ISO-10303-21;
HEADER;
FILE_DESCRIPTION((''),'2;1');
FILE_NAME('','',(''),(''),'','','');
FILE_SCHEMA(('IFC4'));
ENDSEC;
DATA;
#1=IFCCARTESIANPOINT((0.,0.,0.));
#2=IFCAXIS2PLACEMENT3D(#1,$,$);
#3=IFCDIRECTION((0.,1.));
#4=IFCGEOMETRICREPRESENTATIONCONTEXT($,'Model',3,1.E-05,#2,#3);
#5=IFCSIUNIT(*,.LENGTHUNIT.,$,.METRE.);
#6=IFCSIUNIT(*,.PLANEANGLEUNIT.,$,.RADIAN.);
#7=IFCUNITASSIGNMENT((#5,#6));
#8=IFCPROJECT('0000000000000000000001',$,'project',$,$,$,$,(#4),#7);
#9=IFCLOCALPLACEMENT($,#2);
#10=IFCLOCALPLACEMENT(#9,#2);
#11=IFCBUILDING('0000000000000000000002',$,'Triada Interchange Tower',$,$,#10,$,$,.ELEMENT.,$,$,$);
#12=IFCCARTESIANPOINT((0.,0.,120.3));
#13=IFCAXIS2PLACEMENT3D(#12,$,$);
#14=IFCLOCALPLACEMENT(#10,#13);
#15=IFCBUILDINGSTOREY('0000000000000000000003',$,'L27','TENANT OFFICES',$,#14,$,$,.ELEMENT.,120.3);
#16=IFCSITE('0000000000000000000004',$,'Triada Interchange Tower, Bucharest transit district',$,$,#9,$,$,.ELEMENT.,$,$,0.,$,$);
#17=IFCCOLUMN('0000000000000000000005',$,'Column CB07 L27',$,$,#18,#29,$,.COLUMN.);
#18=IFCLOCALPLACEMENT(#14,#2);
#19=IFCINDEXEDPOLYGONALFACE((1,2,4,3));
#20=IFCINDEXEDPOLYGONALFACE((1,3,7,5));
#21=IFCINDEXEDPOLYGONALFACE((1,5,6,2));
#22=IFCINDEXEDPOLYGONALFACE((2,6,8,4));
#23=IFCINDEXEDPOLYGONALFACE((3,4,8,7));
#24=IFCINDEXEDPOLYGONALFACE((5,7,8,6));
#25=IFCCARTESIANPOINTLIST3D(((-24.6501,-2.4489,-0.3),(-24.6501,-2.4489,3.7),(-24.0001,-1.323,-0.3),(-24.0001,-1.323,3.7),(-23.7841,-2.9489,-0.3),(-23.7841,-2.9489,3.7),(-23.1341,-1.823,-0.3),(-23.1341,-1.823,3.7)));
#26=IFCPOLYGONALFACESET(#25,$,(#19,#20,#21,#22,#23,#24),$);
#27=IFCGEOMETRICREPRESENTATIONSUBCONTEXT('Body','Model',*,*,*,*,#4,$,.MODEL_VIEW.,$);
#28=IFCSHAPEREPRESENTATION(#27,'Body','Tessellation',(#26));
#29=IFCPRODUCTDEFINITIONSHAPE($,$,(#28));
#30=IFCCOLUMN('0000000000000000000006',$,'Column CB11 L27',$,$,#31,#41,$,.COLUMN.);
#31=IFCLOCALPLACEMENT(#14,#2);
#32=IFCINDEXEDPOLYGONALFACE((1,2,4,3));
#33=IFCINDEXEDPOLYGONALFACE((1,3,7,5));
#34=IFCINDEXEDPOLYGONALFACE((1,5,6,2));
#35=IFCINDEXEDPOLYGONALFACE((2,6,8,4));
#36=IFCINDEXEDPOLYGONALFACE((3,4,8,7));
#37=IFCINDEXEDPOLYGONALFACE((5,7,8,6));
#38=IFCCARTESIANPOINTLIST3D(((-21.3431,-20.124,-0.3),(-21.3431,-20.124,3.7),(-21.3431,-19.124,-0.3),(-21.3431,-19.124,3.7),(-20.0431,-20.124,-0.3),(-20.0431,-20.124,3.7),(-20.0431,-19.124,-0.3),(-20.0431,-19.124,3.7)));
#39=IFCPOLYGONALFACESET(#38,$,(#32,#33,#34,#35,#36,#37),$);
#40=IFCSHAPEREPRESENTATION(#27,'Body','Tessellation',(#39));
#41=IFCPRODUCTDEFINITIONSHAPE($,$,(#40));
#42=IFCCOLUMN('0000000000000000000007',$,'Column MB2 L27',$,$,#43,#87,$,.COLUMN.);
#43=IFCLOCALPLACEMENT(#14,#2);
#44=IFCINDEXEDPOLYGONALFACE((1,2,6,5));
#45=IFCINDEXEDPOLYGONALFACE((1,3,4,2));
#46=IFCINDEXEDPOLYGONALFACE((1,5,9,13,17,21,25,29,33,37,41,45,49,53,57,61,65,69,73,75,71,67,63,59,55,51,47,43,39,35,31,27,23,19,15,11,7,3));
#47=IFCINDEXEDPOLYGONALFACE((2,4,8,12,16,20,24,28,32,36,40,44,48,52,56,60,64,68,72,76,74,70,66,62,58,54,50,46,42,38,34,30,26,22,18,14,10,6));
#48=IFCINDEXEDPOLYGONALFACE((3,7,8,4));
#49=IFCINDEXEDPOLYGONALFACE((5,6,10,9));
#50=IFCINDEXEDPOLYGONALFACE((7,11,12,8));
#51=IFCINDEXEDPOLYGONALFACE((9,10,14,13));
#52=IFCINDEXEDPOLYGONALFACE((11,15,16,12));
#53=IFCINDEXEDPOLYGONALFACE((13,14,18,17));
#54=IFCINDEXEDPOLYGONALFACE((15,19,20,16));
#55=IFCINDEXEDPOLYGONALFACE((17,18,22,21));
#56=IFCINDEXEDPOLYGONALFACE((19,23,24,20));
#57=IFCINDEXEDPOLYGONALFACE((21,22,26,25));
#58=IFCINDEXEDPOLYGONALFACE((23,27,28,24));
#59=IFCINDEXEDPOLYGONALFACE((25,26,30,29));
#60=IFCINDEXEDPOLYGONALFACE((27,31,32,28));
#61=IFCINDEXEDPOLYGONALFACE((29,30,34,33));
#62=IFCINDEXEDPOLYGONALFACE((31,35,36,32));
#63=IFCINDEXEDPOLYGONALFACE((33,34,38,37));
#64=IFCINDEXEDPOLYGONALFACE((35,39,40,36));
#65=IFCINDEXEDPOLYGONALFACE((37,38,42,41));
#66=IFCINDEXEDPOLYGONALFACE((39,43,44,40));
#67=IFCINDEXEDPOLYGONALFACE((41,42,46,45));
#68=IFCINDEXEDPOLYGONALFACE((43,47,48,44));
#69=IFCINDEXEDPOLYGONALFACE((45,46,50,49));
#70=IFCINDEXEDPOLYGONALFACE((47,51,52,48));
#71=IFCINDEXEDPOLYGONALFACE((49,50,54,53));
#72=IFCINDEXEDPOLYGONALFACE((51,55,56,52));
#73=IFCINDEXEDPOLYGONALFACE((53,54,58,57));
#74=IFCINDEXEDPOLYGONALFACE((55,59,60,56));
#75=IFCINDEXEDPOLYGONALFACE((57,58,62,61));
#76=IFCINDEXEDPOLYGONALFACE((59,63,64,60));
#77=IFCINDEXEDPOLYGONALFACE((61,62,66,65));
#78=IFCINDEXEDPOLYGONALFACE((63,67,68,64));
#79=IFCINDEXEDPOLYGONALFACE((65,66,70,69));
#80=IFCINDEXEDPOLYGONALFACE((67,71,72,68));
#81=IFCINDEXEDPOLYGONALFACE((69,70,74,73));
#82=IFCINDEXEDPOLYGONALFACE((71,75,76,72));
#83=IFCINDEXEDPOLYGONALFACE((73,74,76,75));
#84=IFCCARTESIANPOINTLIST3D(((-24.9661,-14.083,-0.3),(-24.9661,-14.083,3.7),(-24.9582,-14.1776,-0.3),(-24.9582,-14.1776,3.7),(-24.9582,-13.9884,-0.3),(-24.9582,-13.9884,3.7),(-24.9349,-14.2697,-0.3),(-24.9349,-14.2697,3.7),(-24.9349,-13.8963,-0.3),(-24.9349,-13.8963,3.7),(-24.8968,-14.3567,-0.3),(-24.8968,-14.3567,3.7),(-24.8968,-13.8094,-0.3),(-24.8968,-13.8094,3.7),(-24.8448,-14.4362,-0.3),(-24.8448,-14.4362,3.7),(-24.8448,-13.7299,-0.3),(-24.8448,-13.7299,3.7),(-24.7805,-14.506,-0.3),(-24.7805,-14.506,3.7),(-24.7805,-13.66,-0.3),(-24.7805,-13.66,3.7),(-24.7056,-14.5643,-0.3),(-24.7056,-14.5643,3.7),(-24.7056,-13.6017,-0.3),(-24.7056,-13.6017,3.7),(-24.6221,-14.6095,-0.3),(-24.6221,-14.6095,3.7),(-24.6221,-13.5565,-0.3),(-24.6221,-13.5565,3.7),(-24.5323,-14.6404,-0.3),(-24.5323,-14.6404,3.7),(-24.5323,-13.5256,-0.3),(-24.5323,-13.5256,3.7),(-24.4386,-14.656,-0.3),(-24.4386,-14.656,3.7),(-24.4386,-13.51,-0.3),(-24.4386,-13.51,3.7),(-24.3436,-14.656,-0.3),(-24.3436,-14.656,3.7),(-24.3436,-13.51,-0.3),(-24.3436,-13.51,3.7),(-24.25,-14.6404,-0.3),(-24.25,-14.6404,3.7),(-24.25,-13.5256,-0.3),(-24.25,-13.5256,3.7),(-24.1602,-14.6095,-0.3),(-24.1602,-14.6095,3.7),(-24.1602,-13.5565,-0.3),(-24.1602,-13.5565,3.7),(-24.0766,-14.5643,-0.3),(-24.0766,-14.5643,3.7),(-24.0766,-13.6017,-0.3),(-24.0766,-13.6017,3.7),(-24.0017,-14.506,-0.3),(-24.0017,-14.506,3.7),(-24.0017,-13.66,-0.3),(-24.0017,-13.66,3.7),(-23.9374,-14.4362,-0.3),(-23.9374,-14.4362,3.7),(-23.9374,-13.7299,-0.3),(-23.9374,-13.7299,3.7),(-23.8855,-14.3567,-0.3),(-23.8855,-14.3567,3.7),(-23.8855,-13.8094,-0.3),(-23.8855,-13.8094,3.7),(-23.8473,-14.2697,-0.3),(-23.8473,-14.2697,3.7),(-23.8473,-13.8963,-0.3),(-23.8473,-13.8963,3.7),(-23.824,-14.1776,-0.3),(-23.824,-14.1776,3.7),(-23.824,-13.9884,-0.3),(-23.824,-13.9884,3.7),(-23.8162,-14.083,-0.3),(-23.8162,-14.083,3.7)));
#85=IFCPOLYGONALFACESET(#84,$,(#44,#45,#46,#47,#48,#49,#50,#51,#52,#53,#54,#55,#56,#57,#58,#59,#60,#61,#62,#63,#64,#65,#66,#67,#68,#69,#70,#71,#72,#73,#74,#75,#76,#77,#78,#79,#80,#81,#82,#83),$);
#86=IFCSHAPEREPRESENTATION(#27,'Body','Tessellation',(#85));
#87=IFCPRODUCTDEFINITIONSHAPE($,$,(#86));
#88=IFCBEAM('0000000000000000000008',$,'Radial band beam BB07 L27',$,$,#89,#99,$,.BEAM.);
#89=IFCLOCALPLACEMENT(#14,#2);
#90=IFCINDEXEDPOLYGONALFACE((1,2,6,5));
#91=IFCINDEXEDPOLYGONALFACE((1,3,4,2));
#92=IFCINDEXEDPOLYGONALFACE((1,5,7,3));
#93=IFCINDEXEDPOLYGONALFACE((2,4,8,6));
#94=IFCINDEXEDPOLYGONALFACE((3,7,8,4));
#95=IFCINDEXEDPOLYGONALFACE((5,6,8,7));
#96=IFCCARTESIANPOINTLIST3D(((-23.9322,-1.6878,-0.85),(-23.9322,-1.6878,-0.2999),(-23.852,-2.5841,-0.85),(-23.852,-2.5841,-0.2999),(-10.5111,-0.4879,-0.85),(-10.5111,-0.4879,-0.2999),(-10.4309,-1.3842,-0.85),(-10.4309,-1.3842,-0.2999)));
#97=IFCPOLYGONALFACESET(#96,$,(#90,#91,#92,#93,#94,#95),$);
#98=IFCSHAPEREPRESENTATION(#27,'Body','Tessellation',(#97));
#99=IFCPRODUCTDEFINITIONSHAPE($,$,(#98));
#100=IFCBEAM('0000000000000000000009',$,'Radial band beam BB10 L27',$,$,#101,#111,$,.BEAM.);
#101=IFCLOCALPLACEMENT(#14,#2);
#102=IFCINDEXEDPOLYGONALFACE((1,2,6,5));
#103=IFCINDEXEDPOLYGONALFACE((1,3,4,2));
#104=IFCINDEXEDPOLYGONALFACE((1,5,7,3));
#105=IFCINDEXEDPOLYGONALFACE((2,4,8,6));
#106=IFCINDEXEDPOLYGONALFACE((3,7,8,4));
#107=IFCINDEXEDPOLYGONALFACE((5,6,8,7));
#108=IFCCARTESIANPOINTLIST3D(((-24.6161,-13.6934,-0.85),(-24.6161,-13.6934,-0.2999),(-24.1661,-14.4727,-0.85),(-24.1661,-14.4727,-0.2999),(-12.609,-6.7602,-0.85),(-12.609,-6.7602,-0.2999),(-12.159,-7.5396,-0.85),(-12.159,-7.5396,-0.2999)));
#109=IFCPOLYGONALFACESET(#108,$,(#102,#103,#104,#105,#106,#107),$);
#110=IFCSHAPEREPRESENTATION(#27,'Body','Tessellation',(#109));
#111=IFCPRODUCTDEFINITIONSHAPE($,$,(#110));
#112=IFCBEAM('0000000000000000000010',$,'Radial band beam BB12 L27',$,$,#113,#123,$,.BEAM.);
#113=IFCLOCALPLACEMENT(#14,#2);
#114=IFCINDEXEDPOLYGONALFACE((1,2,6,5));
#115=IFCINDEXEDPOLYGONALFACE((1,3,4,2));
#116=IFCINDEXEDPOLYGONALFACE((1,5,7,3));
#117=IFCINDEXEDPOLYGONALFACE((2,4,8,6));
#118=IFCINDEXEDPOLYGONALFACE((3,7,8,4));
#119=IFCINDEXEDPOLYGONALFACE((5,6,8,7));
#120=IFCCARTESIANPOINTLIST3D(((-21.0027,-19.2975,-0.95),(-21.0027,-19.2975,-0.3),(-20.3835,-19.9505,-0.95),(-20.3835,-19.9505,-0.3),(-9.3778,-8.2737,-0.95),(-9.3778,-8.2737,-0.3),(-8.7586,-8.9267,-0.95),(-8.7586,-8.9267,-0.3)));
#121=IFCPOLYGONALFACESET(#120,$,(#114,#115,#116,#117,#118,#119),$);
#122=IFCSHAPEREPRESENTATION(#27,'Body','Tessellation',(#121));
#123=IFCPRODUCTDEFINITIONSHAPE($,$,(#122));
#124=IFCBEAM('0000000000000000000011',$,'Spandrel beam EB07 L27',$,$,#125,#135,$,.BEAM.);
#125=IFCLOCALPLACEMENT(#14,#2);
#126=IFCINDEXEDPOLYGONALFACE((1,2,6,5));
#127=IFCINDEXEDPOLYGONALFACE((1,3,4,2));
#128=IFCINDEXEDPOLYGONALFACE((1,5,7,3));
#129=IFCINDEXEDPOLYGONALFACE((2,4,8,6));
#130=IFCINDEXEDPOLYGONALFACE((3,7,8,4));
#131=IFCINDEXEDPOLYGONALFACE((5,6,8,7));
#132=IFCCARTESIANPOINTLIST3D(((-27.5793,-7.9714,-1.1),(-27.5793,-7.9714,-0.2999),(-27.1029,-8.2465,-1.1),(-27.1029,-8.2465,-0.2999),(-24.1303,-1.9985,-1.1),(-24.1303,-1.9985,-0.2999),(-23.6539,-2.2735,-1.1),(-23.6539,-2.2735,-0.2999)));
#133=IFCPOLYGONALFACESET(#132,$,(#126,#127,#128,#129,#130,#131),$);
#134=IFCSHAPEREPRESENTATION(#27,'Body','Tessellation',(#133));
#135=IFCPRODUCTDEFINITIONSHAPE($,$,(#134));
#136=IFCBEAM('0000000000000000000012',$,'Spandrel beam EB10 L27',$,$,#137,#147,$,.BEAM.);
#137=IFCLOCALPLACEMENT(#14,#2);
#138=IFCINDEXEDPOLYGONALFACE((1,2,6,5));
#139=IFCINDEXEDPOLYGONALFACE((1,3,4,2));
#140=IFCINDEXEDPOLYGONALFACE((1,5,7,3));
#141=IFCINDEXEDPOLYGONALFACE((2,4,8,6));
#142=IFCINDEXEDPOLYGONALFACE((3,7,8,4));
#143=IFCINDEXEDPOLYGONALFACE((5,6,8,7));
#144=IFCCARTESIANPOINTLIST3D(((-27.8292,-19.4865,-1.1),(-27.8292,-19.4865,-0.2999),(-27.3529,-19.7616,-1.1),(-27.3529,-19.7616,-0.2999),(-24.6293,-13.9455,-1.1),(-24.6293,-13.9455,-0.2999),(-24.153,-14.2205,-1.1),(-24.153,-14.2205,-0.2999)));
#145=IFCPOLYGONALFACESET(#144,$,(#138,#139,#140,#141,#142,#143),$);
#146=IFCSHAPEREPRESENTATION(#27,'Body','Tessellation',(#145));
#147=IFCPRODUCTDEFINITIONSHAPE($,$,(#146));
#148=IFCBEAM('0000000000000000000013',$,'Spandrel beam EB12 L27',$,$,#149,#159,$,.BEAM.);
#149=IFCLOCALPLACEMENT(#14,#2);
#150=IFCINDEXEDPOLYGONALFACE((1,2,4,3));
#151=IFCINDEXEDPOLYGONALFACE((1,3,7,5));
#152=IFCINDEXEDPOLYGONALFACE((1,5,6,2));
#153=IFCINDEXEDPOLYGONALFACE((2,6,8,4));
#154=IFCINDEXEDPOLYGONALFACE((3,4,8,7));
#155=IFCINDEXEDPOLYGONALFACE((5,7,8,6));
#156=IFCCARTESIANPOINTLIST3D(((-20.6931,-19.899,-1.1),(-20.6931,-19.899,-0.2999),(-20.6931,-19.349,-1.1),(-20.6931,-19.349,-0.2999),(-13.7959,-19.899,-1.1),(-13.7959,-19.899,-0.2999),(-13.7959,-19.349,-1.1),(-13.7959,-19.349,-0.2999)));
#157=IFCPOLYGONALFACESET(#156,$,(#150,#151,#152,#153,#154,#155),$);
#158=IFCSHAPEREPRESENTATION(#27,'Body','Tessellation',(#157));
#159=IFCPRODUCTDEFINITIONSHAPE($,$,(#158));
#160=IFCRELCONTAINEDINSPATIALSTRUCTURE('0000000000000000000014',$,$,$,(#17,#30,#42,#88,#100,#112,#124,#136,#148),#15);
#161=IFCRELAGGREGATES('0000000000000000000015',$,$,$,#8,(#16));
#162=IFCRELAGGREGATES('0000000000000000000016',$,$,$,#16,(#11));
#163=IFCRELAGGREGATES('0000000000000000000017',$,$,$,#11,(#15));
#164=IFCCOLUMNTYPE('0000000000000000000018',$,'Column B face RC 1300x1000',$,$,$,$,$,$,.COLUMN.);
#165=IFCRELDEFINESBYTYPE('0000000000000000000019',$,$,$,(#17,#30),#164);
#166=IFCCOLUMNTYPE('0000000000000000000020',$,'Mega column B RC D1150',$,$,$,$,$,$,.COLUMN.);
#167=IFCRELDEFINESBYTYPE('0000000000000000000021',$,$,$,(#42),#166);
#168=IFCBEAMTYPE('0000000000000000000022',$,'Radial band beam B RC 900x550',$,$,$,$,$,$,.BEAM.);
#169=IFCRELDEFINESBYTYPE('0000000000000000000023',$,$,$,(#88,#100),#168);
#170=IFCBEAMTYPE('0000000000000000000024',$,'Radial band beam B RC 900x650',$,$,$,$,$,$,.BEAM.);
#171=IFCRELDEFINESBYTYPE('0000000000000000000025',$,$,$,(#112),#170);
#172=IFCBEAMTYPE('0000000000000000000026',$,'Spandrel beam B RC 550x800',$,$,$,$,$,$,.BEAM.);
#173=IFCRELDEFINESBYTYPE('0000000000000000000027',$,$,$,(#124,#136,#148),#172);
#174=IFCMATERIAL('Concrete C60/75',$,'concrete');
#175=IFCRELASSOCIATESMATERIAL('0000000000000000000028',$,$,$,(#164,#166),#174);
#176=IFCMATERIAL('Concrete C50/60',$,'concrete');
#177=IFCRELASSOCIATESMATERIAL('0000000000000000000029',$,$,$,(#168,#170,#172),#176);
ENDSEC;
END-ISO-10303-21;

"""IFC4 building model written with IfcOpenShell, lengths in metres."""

from ifc_helpers import new_model, si_unit, direction, frame, origin, origin_2d, place, context, subcontext, project, spatial, rectangle, circle, extrude, material, material_profile, profile_set, type_object, element, save


model = new_model("IFC4")

# Units and contexts
model_context = context("Model", 3, precision=1e-05, world=origin(), true_north=direction((0.0, 1.0)))
body_context = subcontext(model_context, "Body", "Model", "MODEL_VIEW")
ifc_project = project(units=[si_unit("LENGTHUNIT", "METRE"), si_unit("PLANEANGLEUNIT", "RADIAN")], contexts=[model_context])

# Site, building, storey
site_placement = place(None, origin())
site = spatial("IfcSite", under=ifc_project, at=site_placement, Name="Triada Interchange Tower, Bucharest transit district", CompositionType="ELEMENT", RefElevation=0.0)
building_placement = place(site_placement, origin())
building = spatial("IfcBuilding", under=site, at=building_placement, Name="Triada Interchange Tower", CompositionType="ELEMENT")
storey_placement = place(building_placement, frame((0.0, 0.0, 120.3)))
storey = spatial("IfcBuildingStorey", under=building, at=storey_placement, Name="L27", Description="TENANT OFFICES", CompositionType="ELEMENT", Elevation=120.3)

# Columns
ifc_material_1 = material(Name="Concrete C60/75", Category="concrete")
ifc_material_profile_1 = material_profile(ifc_material_1, rectangle(XDim=1.3, YDim=1.0, at=origin_2d()), Name="RC 1300x1000")
ifc_profile_set_1 = profile_set([ifc_material_profile_1], Name="Concrete C60/75")
column_type_1 = type_object("IfcColumnType", Name="Column B face RC 1300x1000", PredefinedType="COLUMN", material=ifc_profile_set_1)
for number, where, z_axis, x_axis, name in (
    (1, (-23.8921, -2.136, -0.3), (0.0, 0.0, 1.0), (0.5, 0.866025, 0.0), "Column CB07 L27"),
    (2, (-20.6931, -19.624, -0.3), (0.0, 0.0, 1.0), (1.0, 0.0, 0.0), "Column CB11 L27"),
):
    element("IfcColumn", number, at=place(storey_placement, frame(where, z_axis=z_axis, x_axis=x_axis)), inside=storey, type_object=column_type_1, Name=name, PredefinedType="COLUMN", context=body_context, shape_type="SweptSolid", body=[
        extrude(rectangle(XDim=1.3, YDim=1.0, at=origin_2d()), origin(), (0.0, 0.0, 1.0), 4.0),
    ])
ifc_material_profile_2 = material_profile(ifc_material_1, circle(Radius=0.575, at=origin_2d()), Name="RC D1150")
ifc_profile_set_2 = profile_set([ifc_material_profile_2], Name="Concrete C60/75")
column_type_2 = type_object("IfcColumnType", Name="Mega column B RC D1150", PredefinedType="COLUMN", material=ifc_profile_set_2)
column_placement = place(storey_placement, frame((-24.3911, -14.083, -0.3), z_axis=(0.0, 0.0, 1.0), x_axis=(1.0, 0.0, 0.0)))
element("IfcColumn", 3, at=column_placement, inside=storey, type_object=column_type_2, Name="Column MB2 L27", PredefinedType="COLUMN", context=body_context, shape_type="SweptSolid", body=[
    extrude(circle(Radius=0.575, at=origin_2d()), origin(), (0.0, 0.0, 1.0), 4.0),
])

# Beams
ifc_material_2 = material(Name="Concrete C50/60", Category="concrete")
ifc_material_profile_3 = material_profile(ifc_material_2, rectangle(XDim=0.8999, YDim=0.55, at=origin_2d()), Name="RC 900x550")
ifc_profile_set_3 = profile_set([ifc_material_profile_3], Name="Concrete C50/60")
beam_type_1 = type_object("IfcBeamType", Name="Radial band beam B RC 900x550", PredefinedType="BEAM", material=ifc_profile_set_3)
beam_1_placement = place(storey_placement, frame((-23.8921, -2.136, -0.575), z_axis=(0.996027, 0.089052, 0.0), x_axis=(-0.089052, 0.996027, 0.0)))
element("IfcBeam", 4, at=beam_1_placement, inside=storey, type_object=beam_type_1, Name="Radial band beam BB07 L27", PredefinedType="BEAM", context=body_context, shape_type="SweptSolid", body=[
    extrude(rectangle(XDim=0.8999, YDim=0.55, at=origin_2d()), origin(), (0.0, 0.0, 1.0), 13.4746),
])
beam_2_placement = place(storey_placement, frame((-24.3911, -14.083, -0.575), z_axis=(0.866, 0.500044, 0.0), x_axis=(-0.500044, 0.866, 0.0)))
element("IfcBeam", 5, at=beam_2_placement, inside=storey, type_object=beam_type_1, Name="Radial band beam BB10 L27", PredefinedType="BEAM", context=body_context, shape_type="SweptSolid", body=[
    extrude(rectangle(XDim=0.8999, YDim=0.55, at=origin_2d()), origin(), (0.0, 0.0, 1.0), 13.865),
])
ifc_material_profile_4 = material_profile(ifc_material_2, rectangle(XDim=0.8999, YDim=0.6499, at=origin_2d()), Name="RC 900x650")
ifc_profile_set_4 = profile_set([ifc_material_profile_4], Name="Concrete C50/60")
beam_type_2 = type_object("IfcBeamType", Name="Radial band beam B RC 900x650", PredefinedType="BEAM", material=ifc_profile_set_4)
beam_3_placement = place(storey_placement, frame((-20.6931, -19.624, -0.625), z_axis=(0.725617, 0.688099, 0.0), x_axis=(-0.688099, 0.725617, 0.0)))
element("IfcBeam", 6, at=beam_3_placement, inside=storey, type_object=beam_type_2, Name="Radial band beam BB12 L27", PredefinedType="BEAM", context=body_context, shape_type="SweptSolid", body=[
    extrude(rectangle(XDim=0.8999, YDim=0.6499, at=origin_2d()), origin(), (0.0, 0.0, 1.0), 16.0208),
])
ifc_material_profile_5 = material_profile(ifc_material_2, rectangle(XDim=0.55, YDim=0.8, at=origin_2d()), Name="RC 550x800")
ifc_profile_set_5 = profile_set([ifc_material_profile_5], Name="Concrete C50/60")
beam_type_3 = type_object("IfcBeamType", Name="Spandrel beam B RC 550x800", PredefinedType="BEAM", material=ifc_profile_set_5)
beam_4_placement = place(storey_placement, frame((-23.8921, -2.136, -0.7), z_axis=(-0.500056, -0.865993, 0.0), x_axis=(0.865993, -0.500056, 0.0)))
element("IfcBeam", 7, at=beam_4_placement, inside=storey, type_object=beam_type_3, Name="Spandrel beam EB07 L27", PredefinedType="BEAM", context=body_context, shape_type="SweptSolid", body=[
    extrude(rectangle(XDim=0.55, YDim=0.8, at=origin_2d()), origin(), (0.0, 0.0, 1.0), 6.8972),
])
beam_5_placement = place(storey_placement, frame((-24.3911, -14.083, -0.7), z_axis=(-0.500099, -0.865968, 0.0), x_axis=(0.865968, -0.500099, 0.0)))
element("IfcBeam", 8, at=beam_5_placement, inside=storey, type_object=beam_type_3, Name="Spandrel beam EB10 L27", PredefinedType="BEAM", context=body_context, shape_type="SweptSolid", body=[
    extrude(rectangle(XDim=0.55, YDim=0.8, at=origin_2d()), origin(), (0.0, 0.0, 1.0), 6.3987),
])
beam_6_placement = place(storey_placement, frame((-20.6931, -19.624, -0.7), z_axis=(1.0, 0.0, 0.0), x_axis=(0.0, 1.0, 0.0)))
element("IfcBeam", 9, at=beam_6_placement, inside=storey, type_object=beam_type_3, Name="Spandrel beam EB12 L27", PredefinedType="BEAM", context=body_context, shape_type="SweptSolid", body=[
    extrude(rectangle(XDim=0.55, YDim=0.8, at=origin_2d()), origin(), (0.0, 0.0, 1.0), 6.8972),
])

save(model, "model.ifc")
